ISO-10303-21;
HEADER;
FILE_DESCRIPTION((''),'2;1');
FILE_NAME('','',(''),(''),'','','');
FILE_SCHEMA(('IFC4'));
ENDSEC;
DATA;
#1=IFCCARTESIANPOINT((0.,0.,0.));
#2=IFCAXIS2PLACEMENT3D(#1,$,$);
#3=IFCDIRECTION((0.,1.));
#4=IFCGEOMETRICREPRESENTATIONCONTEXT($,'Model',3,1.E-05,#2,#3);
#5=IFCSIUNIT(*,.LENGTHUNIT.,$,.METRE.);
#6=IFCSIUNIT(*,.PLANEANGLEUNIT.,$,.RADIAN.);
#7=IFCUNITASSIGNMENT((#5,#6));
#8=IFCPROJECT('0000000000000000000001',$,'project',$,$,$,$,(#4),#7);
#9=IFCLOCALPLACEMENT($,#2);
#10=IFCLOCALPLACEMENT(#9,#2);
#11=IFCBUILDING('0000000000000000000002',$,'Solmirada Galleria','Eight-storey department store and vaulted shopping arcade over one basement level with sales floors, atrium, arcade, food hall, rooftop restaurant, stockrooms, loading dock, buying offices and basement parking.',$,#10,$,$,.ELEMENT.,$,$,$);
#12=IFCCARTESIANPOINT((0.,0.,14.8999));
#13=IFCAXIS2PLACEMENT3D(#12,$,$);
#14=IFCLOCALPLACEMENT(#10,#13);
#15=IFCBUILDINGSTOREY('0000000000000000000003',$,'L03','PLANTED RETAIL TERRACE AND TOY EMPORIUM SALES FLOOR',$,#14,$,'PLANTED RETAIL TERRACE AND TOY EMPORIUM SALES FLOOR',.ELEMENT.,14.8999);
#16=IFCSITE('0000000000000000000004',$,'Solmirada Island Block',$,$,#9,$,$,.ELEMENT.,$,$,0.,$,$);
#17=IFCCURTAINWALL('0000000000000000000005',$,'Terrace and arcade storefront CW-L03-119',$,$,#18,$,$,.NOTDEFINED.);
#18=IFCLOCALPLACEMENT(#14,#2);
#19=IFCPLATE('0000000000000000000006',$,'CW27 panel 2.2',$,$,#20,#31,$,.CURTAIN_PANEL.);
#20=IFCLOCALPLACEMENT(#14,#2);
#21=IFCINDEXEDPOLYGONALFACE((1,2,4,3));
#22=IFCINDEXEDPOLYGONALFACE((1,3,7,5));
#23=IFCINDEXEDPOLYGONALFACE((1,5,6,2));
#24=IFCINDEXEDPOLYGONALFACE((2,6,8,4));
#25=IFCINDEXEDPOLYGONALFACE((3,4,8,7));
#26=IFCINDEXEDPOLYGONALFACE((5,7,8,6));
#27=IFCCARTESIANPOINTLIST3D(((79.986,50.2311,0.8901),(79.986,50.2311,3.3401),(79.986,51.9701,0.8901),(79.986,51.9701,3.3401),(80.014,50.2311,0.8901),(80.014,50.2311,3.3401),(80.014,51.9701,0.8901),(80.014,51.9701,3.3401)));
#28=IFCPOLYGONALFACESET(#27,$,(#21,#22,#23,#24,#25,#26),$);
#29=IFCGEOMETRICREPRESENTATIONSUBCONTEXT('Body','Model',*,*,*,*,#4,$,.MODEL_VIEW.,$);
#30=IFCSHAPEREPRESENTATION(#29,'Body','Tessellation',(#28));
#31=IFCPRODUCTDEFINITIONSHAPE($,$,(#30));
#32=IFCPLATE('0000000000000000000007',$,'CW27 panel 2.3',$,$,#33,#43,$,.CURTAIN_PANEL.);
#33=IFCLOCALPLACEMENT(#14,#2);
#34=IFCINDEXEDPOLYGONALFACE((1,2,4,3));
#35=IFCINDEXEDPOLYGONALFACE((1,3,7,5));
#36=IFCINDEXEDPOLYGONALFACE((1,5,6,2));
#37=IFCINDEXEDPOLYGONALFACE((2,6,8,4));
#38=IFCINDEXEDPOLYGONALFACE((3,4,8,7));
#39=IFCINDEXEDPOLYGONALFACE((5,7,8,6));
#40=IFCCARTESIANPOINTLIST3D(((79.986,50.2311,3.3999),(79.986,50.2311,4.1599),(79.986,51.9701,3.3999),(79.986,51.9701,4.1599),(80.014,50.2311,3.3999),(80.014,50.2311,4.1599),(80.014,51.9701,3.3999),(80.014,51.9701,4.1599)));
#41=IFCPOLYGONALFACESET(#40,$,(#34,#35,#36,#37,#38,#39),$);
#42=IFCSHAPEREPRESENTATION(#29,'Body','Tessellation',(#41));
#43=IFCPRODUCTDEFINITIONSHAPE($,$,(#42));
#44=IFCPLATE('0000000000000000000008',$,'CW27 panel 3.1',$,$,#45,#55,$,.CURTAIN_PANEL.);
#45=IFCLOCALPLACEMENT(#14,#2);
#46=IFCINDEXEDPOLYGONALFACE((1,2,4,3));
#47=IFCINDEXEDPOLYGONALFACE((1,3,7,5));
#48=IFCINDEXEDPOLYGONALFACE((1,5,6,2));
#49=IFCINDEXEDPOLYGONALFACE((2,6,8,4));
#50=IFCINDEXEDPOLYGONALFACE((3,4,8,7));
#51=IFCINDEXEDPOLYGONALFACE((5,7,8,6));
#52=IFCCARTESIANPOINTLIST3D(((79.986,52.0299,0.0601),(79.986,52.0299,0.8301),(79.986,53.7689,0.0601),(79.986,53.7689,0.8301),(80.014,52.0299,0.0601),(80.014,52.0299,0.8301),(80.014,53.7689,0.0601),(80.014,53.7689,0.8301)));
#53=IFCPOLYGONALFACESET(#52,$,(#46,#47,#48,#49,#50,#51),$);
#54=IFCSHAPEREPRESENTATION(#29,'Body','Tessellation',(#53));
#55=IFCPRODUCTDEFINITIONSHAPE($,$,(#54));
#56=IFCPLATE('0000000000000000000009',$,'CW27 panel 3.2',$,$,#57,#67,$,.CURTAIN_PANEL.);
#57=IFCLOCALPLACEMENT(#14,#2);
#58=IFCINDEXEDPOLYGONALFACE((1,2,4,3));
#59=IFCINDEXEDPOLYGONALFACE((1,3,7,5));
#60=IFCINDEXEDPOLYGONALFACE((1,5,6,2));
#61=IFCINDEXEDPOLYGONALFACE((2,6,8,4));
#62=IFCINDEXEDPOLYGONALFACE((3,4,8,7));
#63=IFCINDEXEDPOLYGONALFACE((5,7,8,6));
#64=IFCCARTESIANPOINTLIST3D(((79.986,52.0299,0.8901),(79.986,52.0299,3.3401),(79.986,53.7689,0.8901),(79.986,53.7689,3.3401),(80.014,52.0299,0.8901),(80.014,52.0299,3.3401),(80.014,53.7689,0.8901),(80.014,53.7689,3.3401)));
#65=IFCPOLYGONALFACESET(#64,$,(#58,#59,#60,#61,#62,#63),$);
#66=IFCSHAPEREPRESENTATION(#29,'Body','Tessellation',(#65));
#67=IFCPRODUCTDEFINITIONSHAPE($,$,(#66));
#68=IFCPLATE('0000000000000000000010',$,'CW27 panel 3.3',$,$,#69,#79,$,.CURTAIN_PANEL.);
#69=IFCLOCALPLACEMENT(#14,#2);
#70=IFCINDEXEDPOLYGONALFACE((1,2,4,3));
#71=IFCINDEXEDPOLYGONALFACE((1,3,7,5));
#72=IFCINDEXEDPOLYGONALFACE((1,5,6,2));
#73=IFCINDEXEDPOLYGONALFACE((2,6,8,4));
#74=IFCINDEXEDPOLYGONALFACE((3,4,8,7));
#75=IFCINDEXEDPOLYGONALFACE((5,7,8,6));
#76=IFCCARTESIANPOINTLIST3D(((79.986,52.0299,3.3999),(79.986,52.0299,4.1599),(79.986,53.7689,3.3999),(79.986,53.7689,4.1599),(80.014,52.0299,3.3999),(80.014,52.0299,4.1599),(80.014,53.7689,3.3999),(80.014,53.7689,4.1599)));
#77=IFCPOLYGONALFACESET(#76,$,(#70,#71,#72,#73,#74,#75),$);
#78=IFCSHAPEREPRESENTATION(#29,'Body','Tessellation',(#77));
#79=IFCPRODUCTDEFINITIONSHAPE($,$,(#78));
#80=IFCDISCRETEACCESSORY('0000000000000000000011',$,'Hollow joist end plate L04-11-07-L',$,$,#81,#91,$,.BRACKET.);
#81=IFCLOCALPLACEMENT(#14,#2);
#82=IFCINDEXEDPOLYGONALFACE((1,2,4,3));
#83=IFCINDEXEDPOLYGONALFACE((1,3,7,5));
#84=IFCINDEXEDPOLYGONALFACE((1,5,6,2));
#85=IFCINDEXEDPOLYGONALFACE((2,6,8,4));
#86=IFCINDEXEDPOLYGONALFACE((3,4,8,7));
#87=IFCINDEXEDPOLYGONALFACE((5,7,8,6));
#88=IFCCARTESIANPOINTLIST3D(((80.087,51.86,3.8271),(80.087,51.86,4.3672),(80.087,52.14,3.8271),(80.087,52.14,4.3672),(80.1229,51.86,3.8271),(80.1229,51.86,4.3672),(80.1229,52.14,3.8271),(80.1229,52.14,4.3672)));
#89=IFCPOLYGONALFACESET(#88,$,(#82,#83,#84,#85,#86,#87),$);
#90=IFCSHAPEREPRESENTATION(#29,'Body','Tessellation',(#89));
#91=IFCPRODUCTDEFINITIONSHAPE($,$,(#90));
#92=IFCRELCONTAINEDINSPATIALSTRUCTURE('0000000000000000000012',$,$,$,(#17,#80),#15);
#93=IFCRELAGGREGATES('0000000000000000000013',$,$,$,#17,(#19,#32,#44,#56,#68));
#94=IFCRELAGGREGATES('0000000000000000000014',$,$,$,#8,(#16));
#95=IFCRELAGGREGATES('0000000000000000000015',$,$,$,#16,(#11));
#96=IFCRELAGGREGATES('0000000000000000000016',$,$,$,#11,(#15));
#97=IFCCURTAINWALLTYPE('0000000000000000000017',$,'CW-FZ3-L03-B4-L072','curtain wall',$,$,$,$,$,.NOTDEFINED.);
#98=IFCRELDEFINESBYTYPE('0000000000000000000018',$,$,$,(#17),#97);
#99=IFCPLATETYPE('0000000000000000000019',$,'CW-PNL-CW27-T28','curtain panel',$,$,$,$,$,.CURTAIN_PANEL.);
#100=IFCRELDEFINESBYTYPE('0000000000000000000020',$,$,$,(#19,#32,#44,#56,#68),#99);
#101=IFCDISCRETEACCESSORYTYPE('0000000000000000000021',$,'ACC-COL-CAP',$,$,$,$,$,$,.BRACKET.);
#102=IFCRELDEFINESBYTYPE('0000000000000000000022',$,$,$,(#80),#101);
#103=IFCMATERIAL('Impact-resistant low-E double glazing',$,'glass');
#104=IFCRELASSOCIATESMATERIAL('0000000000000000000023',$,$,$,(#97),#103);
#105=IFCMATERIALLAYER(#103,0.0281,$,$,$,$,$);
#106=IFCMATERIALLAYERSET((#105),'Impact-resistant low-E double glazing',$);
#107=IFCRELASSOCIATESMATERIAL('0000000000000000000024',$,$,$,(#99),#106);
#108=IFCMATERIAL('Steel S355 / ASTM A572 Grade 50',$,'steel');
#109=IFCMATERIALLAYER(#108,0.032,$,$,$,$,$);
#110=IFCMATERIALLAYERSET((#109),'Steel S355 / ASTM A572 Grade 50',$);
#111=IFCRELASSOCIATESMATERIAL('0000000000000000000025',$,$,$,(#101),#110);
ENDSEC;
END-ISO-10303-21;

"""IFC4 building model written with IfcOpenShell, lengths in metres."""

from ifc_helpers import new_model, si_unit, direction, frame, origin, origin_2d, place, context, subcontext, project, spatial, rectangle, extrude, material, layer, layer_set, type_object, element, aggregate, save


model = new_model("IFC4")

# Units and contexts
model_context = context("Model", 3, precision=1e-05, world=origin(), true_north=direction((0.0, 1.0)))
body_context = subcontext(model_context, "Body", "Model", "MODEL_VIEW")
ifc_project = project(units=[si_unit("LENGTHUNIT", "METRE"), si_unit("PLANEANGLEUNIT", "RADIAN")], contexts=[model_context])

# Site, building, storey
site_placement = place(None, origin())
site = spatial("IfcSite", under=ifc_project, at=site_placement, Name="Solmirada Island Block", CompositionType="ELEMENT", RefElevation=0.0)
building_placement = place(site_placement, origin())
building = spatial("IfcBuilding", under=site, at=building_placement, Name="Solmirada Galleria", Description="Eight-storey department store and vaulted shopping arcade over one basement level with sales floors, atrium, arcade, food hall, rooftop restaurant, stockrooms, loading dock, buying offices and basement parking.", CompositionType="ELEMENT")
storey_placement = place(building_placement, frame((0.0, 0.0, 14.8999)))
storey = spatial("IfcBuildingStorey", under=building, at=storey_placement, Name="L03", Description="PLANTED RETAIL TERRACE AND TOY EMPORIUM SALES FLOOR", LongName="PLANTED RETAIL TERRACE AND TOY EMPORIUM SALES FLOOR", CompositionType="ELEMENT", Elevation=14.8999)

# Curtain wall
ifc_material_1 = material(Name="Impact-resistant low-E double glazing", Category="glass")
curtain_wall_type = type_object("IfcCurtainWallType", Name="CW-FZ3-L03-B4-L072", Description="curtain wall", PredefinedType="NOTDEFINED", material=ifc_material_1)
curtain_wall_1_placement = place(storey_placement, origin())
curtain_wall_1 = element("IfcCurtainWall", 1, at=curtain_wall_1_placement, inside=storey, type_object=curtain_wall_type, Name="Terrace and arcade storefront CW-L03-119", PredefinedType="NOTDEFINED")

# Plates
ifc_layer_1 = layer(ifc_material_1, 0.0281)
ifc_layer_set_1 = layer_set([ifc_layer_1], Name="Impact-resistant low-E double glazing")
plate_type = type_object("IfcPlateType", Name="CW-PNL-CW27-T28", Description="curtain panel", PredefinedType="CURTAIN_PANEL", material=ifc_layer_set_1)
plate_1_placement = place(storey_placement, frame((80.0, 51.1006, 0.8901), z_axis=(0.0, 0.0, 1.0), x_axis=(0.0, 1.0, 0.0)))
plate_1 = element("IfcPlate", 2, at=plate_1_placement, type_object=plate_type, Name="CW27 panel 2.2", PredefinedType="CURTAIN_PANEL", context=body_context, shape_type="SweptSolid", body=[
    extrude(rectangle(XDim=1.739, YDim=0.0281, at=origin_2d()), origin(), (0.0, 0.0, 1.0), 2.45),
])
plate_2_placement = place(storey_placement, frame((80.0, 51.1006, 3.3999), z_axis=(0.0, 0.0, 1.0), x_axis=(0.0, 1.0, 0.0)))
plate_2 = element("IfcPlate", 3, at=plate_2_placement, type_object=plate_type, Name="CW27 panel 2.3", PredefinedType="CURTAIN_PANEL", context=body_context, shape_type="SweptSolid", body=[
    extrude(rectangle(XDim=1.739, YDim=0.0281, at=origin_2d()), origin(), (0.0, 0.0, 1.0), 0.76),
])
plate_3_placement = place(storey_placement, frame((80.0, 52.8994, 0.0601), z_axis=(0.0, 0.0, 1.0), x_axis=(0.0, 1.0, 0.0)))
plate_3 = element("IfcPlate", 4, at=plate_3_placement, type_object=plate_type, Name="CW27 panel 3.1", PredefinedType="CURTAIN_PANEL", context=body_context, shape_type="SweptSolid", body=[
    extrude(rectangle(XDim=1.739, YDim=0.0281, at=origin_2d()), origin(), (0.0, 0.0, 1.0), 0.77),
])
plate_4_placement = place(storey_placement, frame((80.0, 52.8994, 0.8901), z_axis=(0.0, 0.0, 1.0), x_axis=(0.0, 1.0, 0.0)))
plate_4 = element("IfcPlate", 5, at=plate_4_placement, type_object=plate_type, Name="CW27 panel 3.2", PredefinedType="CURTAIN_PANEL", context=body_context, shape_type="SweptSolid", body=[
    extrude(rectangle(XDim=1.739, YDim=0.0281, at=origin_2d()), origin(), (0.0, 0.0, 1.0), 2.45),
])
plate_5_placement = place(storey_placement, frame((80.0, 52.8994, 3.3999), z_axis=(0.0, 0.0, 1.0), x_axis=(0.0, 1.0, 0.0)))
plate_5 = element("IfcPlate", 6, at=plate_5_placement, type_object=plate_type, Name="CW27 panel 3.3", PredefinedType="CURTAIN_PANEL", context=body_context, shape_type="SweptSolid", body=[
    extrude(rectangle(XDim=1.739, YDim=0.0281, at=origin_2d()), origin(), (0.0, 0.0, 1.0), 0.76),
])
aggregate(curtain_wall_1, [plate_1, plate_2, plate_3, plate_4, plate_5])

# Discrete accessory
ifc_material_2 = material(Name="Steel S355 / ASTM A572 Grade 50", Category="steel")
ifc_layer_2 = layer(ifc_material_2, 0.032)
ifc_layer_set_2 = layer_set([ifc_layer_2], Name="Steel S355 / ASTM A572 Grade 50")
discrete_accessory_type = type_object("IfcDiscreteAccessoryType", Name="ACC-COL-CAP", PredefinedType="BRACKET", material=ifc_layer_set_2)
discrete_accessory_placement = place(storey_placement, frame((80.105, 52.0, 3.8271), z_axis=(0.0, 0.0, 1.0), x_axis=(1.0, 0.0, 0.0)))
element("IfcDiscreteAccessory", 7, at=discrete_accessory_placement, inside=storey, type_object=discrete_accessory_type, Name="Hollow joist end plate L04-11-07-L", PredefinedType="BRACKET", context=body_context, shape_type="SweptSolid", body=[
    extrude(rectangle(XDim=0.0359, YDim=0.28, at=origin_2d()), origin(), (0.0, 0.0, 1.0), 0.54),
])

save(model, "model.ifc")
